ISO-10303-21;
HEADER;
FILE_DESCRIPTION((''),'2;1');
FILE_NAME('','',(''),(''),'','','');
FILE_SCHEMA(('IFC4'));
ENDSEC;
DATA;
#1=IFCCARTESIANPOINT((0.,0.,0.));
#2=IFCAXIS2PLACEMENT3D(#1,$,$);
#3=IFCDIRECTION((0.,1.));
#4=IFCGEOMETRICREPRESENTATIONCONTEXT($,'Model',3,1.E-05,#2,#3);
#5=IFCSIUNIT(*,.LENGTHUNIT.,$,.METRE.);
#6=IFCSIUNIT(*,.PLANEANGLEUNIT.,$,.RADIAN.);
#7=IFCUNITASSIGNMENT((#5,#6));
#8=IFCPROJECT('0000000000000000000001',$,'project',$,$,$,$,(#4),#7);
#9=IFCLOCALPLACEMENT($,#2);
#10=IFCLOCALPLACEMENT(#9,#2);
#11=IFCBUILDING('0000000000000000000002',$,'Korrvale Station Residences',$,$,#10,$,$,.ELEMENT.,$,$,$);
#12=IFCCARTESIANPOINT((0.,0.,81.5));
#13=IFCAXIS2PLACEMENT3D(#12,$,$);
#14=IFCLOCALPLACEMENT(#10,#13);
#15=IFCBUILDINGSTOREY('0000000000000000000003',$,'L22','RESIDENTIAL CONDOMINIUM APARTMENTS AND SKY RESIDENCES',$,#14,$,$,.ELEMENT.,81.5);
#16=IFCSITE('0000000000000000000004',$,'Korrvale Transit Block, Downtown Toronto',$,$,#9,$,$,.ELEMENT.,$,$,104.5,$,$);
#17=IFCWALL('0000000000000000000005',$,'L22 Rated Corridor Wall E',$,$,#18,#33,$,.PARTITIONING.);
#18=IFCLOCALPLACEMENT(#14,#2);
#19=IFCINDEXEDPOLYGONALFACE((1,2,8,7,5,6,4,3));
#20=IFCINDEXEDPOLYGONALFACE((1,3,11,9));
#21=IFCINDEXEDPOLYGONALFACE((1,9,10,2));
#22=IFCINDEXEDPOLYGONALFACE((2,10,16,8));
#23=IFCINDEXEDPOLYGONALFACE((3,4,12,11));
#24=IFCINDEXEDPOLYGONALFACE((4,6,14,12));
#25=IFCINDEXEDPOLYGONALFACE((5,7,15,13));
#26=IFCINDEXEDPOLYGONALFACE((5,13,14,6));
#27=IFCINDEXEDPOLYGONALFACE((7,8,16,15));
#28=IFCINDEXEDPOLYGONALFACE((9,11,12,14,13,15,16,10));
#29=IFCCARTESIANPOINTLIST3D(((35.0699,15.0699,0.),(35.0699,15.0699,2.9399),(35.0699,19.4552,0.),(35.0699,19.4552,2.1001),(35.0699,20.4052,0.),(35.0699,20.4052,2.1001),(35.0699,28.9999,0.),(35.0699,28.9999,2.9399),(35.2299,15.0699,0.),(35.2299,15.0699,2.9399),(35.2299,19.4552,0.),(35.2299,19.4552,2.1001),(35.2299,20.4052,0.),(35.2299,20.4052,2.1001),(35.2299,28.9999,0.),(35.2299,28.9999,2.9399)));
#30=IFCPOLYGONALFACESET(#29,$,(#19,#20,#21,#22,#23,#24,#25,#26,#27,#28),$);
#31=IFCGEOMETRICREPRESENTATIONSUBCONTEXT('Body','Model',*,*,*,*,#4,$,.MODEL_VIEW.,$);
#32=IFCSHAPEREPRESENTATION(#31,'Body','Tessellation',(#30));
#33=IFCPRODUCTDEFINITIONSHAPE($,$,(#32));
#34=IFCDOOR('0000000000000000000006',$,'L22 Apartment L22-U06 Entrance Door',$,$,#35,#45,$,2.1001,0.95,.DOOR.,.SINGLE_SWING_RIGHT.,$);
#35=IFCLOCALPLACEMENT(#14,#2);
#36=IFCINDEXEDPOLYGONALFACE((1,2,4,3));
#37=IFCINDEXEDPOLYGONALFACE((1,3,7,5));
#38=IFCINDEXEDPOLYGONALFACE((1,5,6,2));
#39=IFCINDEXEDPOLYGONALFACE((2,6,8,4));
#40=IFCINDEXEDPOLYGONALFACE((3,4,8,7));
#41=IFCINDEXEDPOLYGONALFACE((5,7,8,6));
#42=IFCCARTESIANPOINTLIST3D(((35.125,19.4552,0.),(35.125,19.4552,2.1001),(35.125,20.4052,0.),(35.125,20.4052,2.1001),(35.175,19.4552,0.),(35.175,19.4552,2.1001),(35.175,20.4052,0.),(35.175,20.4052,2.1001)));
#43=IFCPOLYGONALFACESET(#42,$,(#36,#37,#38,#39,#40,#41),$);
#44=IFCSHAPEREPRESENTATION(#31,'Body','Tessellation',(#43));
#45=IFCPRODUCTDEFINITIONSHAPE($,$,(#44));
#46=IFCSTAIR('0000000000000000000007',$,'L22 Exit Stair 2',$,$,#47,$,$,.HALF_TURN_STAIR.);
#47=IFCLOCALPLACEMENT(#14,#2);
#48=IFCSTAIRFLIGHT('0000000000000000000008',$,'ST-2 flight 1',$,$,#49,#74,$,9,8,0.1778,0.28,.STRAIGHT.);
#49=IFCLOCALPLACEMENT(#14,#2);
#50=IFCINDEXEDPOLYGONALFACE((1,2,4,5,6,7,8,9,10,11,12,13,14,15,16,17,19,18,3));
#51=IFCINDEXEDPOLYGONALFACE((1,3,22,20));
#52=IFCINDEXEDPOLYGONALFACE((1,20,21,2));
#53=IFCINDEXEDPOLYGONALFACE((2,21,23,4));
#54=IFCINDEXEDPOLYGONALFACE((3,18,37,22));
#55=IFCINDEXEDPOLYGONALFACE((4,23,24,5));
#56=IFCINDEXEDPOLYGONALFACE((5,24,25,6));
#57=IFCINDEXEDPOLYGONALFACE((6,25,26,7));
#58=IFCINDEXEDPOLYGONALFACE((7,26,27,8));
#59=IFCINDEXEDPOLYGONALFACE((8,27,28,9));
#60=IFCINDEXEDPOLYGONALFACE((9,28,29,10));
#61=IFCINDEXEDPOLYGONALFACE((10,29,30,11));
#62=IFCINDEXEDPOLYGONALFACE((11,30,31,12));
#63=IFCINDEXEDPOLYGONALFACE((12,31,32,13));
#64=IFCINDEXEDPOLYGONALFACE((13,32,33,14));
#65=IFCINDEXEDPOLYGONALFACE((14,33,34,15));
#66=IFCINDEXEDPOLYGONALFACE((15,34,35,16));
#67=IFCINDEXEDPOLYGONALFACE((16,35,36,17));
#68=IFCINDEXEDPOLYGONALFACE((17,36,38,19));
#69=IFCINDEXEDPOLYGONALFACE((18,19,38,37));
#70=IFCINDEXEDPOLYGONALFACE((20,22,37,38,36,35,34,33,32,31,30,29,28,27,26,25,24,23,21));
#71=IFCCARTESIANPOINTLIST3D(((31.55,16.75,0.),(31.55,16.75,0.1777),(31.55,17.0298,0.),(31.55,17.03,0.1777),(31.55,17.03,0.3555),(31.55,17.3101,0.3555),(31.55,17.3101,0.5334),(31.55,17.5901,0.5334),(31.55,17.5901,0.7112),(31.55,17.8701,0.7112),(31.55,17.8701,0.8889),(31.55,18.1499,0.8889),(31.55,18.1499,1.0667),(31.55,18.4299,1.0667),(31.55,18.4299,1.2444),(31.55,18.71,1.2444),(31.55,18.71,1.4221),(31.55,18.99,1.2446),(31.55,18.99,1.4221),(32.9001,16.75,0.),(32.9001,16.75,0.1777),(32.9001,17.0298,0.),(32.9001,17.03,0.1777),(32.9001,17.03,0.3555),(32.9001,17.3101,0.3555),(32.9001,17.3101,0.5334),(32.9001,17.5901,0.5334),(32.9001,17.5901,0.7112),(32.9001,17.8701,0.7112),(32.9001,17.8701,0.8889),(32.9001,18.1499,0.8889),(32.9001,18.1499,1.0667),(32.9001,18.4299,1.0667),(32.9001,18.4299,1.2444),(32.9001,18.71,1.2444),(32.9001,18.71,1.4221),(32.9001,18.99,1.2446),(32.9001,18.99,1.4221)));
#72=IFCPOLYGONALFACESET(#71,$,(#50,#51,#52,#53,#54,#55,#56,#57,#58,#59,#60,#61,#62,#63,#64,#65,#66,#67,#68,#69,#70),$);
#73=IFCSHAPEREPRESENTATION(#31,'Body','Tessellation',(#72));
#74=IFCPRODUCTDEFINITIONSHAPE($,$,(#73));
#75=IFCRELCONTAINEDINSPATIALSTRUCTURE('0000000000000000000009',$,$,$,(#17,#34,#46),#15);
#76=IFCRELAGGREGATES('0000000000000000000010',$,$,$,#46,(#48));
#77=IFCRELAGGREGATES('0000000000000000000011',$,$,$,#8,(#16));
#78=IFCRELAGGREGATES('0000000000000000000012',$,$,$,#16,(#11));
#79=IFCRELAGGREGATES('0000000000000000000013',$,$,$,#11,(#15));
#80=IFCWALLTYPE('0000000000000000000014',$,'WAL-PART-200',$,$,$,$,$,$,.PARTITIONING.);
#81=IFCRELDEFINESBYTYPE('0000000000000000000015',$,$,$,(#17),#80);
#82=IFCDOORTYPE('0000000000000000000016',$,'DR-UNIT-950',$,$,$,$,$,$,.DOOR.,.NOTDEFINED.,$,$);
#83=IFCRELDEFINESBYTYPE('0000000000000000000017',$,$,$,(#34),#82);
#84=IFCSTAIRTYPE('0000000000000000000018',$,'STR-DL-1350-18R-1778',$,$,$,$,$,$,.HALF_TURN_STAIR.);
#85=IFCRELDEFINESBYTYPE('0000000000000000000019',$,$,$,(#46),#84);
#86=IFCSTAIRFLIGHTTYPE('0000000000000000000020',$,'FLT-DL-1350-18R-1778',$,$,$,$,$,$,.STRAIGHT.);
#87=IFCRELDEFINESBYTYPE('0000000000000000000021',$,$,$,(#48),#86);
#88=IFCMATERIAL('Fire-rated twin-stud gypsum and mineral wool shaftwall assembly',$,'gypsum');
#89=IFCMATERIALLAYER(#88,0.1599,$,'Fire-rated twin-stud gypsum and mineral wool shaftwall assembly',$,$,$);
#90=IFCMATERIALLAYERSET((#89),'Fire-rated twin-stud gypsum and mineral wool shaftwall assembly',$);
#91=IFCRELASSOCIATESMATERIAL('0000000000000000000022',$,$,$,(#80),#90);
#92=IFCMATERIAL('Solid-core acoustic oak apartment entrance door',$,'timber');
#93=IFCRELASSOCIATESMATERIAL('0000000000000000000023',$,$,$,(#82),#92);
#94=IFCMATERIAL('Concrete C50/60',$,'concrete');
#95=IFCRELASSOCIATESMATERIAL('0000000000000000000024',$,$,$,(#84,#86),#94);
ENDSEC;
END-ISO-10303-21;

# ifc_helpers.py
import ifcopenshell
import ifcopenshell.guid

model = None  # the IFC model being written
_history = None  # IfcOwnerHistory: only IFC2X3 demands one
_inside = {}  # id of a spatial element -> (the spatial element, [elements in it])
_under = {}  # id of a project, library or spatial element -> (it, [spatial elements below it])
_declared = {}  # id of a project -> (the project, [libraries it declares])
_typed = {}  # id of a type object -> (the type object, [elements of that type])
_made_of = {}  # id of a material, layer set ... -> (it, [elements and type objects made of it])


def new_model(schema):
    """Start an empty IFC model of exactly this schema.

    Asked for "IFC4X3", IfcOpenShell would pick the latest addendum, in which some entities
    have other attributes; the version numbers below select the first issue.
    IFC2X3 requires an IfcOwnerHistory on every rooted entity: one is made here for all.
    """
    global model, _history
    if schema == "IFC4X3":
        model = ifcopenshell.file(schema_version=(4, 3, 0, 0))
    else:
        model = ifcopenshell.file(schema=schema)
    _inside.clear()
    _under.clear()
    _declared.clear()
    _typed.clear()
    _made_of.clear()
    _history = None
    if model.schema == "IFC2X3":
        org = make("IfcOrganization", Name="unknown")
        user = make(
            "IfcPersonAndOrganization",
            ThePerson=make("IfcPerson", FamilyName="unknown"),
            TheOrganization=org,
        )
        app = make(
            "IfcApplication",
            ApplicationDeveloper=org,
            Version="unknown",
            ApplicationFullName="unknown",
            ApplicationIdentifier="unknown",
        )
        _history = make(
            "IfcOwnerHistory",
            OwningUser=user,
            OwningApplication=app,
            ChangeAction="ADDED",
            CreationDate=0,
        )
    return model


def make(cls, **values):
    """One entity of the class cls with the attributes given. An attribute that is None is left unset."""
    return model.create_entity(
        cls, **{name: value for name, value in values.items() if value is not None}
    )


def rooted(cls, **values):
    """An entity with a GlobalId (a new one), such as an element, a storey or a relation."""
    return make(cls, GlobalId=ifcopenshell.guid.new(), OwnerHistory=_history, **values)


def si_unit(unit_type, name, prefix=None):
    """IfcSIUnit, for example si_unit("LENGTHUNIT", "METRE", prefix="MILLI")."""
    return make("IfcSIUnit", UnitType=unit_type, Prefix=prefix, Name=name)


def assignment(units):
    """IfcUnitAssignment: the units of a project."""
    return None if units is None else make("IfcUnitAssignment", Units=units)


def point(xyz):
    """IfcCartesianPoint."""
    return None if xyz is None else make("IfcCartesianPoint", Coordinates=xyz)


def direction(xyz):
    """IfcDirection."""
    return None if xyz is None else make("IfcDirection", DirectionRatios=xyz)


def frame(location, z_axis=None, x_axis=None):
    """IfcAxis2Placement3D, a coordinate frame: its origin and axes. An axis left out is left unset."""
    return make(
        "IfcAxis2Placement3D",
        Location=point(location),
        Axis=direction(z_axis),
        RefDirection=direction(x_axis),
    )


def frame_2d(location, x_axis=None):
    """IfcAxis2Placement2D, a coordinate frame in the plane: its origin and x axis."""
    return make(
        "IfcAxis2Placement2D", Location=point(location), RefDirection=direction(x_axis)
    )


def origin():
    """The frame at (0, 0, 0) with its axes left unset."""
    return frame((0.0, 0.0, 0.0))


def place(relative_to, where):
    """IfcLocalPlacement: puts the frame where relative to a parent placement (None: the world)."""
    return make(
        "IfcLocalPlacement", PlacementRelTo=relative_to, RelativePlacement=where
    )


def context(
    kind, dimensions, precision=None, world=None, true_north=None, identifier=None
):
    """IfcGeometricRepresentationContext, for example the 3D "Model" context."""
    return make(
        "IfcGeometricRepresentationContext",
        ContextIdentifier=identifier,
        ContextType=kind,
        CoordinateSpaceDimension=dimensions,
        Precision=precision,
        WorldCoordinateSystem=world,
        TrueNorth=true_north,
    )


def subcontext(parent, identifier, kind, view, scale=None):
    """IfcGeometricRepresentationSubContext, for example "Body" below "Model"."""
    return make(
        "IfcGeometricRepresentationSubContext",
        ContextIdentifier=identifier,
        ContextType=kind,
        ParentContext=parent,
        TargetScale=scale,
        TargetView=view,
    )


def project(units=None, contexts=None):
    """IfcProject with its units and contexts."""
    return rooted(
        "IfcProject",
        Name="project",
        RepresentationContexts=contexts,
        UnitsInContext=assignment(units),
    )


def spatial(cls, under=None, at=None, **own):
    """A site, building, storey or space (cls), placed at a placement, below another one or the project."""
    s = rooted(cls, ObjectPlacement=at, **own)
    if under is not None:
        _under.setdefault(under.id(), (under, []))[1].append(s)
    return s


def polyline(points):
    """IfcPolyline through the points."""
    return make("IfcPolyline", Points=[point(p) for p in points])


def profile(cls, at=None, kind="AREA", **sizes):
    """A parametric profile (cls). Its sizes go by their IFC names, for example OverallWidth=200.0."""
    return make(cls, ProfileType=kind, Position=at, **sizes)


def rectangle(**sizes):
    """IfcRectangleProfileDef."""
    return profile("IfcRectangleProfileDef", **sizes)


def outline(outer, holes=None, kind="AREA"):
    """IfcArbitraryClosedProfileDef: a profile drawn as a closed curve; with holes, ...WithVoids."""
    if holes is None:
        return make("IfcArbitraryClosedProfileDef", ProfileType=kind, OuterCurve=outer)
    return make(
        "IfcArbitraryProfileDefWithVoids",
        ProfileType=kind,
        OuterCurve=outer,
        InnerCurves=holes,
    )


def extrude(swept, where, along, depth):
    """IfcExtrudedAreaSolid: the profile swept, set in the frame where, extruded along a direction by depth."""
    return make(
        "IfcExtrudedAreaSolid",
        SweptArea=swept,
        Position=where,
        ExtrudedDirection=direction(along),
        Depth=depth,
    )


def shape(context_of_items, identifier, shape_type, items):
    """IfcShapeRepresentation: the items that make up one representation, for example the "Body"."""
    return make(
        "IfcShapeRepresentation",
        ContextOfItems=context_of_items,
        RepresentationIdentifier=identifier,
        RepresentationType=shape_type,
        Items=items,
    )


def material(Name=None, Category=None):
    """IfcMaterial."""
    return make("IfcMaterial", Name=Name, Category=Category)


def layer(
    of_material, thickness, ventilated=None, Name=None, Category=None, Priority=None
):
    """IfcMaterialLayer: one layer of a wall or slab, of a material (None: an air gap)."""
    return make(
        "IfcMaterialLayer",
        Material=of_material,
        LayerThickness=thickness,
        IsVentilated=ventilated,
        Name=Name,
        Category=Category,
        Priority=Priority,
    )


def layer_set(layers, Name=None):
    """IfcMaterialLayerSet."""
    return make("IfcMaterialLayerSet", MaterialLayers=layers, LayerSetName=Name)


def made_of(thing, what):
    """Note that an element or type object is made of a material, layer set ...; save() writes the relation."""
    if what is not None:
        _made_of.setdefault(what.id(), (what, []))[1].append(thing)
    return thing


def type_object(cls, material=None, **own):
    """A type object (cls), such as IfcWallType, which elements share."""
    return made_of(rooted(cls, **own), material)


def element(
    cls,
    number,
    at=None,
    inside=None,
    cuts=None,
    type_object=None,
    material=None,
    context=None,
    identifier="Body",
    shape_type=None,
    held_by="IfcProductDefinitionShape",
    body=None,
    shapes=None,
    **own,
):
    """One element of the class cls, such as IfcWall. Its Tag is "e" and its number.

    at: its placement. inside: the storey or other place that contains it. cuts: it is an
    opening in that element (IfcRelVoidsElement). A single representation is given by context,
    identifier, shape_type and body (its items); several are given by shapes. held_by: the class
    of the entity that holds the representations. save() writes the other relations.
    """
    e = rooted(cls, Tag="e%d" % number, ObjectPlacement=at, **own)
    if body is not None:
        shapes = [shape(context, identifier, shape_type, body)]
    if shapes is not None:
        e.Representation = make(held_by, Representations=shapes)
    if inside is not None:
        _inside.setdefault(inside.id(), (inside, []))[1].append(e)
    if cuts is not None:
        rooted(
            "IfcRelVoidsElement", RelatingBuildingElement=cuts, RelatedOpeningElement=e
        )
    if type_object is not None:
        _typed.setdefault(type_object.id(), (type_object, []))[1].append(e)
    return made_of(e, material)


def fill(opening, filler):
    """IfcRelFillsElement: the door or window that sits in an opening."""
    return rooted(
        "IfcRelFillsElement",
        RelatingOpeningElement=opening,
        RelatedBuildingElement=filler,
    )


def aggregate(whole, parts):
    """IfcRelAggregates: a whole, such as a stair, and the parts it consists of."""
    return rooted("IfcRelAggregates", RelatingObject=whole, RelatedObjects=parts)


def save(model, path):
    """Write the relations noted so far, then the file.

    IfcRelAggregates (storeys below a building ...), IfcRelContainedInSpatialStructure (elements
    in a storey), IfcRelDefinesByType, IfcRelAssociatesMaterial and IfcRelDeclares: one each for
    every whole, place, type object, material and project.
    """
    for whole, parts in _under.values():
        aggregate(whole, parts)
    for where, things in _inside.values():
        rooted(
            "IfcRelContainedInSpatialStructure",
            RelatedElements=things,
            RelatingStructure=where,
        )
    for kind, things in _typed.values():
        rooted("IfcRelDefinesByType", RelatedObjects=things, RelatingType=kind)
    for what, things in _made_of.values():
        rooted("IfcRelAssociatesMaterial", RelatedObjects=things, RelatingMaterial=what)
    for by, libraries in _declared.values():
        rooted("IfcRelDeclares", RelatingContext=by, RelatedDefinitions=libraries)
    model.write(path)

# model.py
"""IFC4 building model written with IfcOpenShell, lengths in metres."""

from ifc_helpers import new_model, si_unit, direction, frame, frame_2d, origin, place, context, subcontext, project, spatial, polyline, rectangle, outline, extrude, material, layer, layer_set, type_object, element, fill, aggregate, save


model = new_model("IFC4")

# Units and contexts
model_context = context("Model", 3, precision=1e-05, world=origin(), true_north=direction((0.0, 1.0)))
body_context = subcontext(model_context, "Body", "Model", "MODEL_VIEW")
ifc_project = project(units=[si_unit("LENGTHUNIT", "METRE"), si_unit("PLANEANGLEUNIT", "RADIAN")], contexts=[model_context])

# Site, building, storey
site_placement = place(None, origin())
site = spatial("IfcSite", under=ifc_project, at=site_placement, Name="Korrvale Transit Block, Downtown Toronto", CompositionType="ELEMENT", RefElevation=104.5)
building_placement = place(site_placement, origin())
building = spatial("IfcBuilding", under=site, at=building_placement, Name="Korrvale Station Residences", CompositionType="ELEMENT")
storey_placement = place(building_placement, frame((0.0, 0.0, 81.5)))
storey = spatial("IfcBuildingStorey", under=building, at=storey_placement, Name="L22", Description="RESIDENTIAL CONDOMINIUM APARTMENTS AND SKY RESIDENCES", CompositionType="ELEMENT", Elevation=81.5)

# Shared definitions
ifc_material_1 = material(Name="Fire-rated twin-stud gypsum and mineral wool shaftwall assembly", Category="gypsum")
ifc_layer_1 = layer(ifc_material_1, 0.1599, Name="Fire-rated twin-stud gypsum and mineral wool shaftwall assembly")
ifc_layer_set_1 = layer_set([ifc_layer_1], Name="Fire-rated twin-stud gypsum and mineral wool shaftwall assembly")
wall_type_1 = type_object("IfcWallType", Name="WAL-PART-200", PredefinedType="PARTITIONING", material=ifc_layer_set_1)

# Wall, opening, door
wall_1_placement = place(storey_placement, frame((35.1499, 15.0701, 0.0), z_axis=(0.0, 0.0, 1.0), x_axis=(0.0, 1.0, 0.0)))
wall_1 = element("IfcWall", 1, at=wall_1_placement, inside=storey, type_object=wall_type_1, Name="L22 Rated Corridor Wall E", PredefinedType="PARTITIONING", context=body_context, shape_type="SweptSolid", body=[
    extrude(rectangle(XDim=13.9299, YDim=0.1599, at=frame_2d((6.9648, 0.0))), origin(), (0.0, 0.0, 1.0), 2.9399),
])
opening_1_placement = place(wall_1_placement, frame((4.385, 0.0, 0.0)))
opening_1 = element("IfcOpeningElement", 2, at=opening_1_placement, cuts=wall_1, PredefinedType="OPENING", context=body_context, shape_type="SweptSolid", body=[
    extrude(rectangle(XDim=0.95, YDim=2.1001, at=frame_2d((0.4751, 1.05))), frame((0.0, 0.0898, 0.0), z_axis=(0.0, -1.0, 0.0), x_axis=(1.0, 0.0, 0.0)), (0.0, 0.0, 1.0), 0.1799),
])
ifc_material_2 = material(Name="Solid-core acoustic oak apartment entrance door", Category="timber")
door_type_1 = type_object("IfcDoorType", Name="DR-UNIT-950", OperationType="NOTDEFINED", PredefinedType="DOOR", material=ifc_material_2)
door_1_placement = place(opening_1_placement, origin())
door_1 = element("IfcDoor", 3, at=door_1_placement, inside=storey, type_object=door_type_1, Name="L22 Apartment L22-U06 Entrance Door", OperationType="SINGLE_SWING_RIGHT", OverallHeight=2.1001, OverallWidth=0.95, PredefinedType="DOOR", context=body_context, shape_type="SweptSolid", body=[
    extrude(rectangle(XDim=0.95, YDim=2.1001, at=frame_2d((0.4751, 1.05))), frame((0.0, 0.0249, 0.0), z_axis=(0.0, -1.0, 0.0), x_axis=(1.0, 0.0, 0.0)), (0.0, 0.0, 1.0), 0.05),
])
fill(opening_1, door_1)

# Stair, stair flight
ifc_material_3 = material(Name="Concrete C50/60", Category="concrete")
stair_type = type_object("IfcStairType", Name="STR-DL-1350-18R-1778", PredefinedType="HALF_TURN_STAIR", material=ifc_material_3)
stair_placement = place(storey_placement, origin())
stair = element("IfcStair", 4, at=stair_placement, inside=storey, type_object=stair_type, Name="L22 Exit Stair 2", PredefinedType="HALF_TURN_STAIR")
stair_flight_type = type_object("IfcStairFlightType", Name="FLT-DL-1350-18R-1778", PredefinedType="STRAIGHT", material=ifc_material_3)
stair_flight_placement = place(storey_placement, frame((32.2251, 16.75, 0.0), z_axis=(0.0, 0.0, 1.0), x_axis=(0.0, 1.0, 0.0)))
stair_flight = element("IfcStairFlight", 5, at=stair_flight_placement, type_object=stair_flight_type, Name="ST-2 flight 1", NumberOfRisers=9, NumberOfTreads=8, PredefinedType="STRAIGHT", RiserHeight=0.1778, TreadLength=0.28, context=body_context, shape_type="SweptSolid", body=[
    extrude(outline(polyline([(0.0, 0.0), (0.0, 0.1777), (0.28, 0.1777), (0.28, 0.3555), (0.5601, 0.3555), (0.5601, 0.5334), (0.8401, 0.5334), (0.8401, 0.7112), (1.1201, 0.7112), (1.1201, 0.8889), (1.3999, 0.8889), (1.3999, 1.0667), (1.6799, 1.0667), (1.6799, 1.2444), (1.96, 1.2444), (1.96, 1.4221), (2.24, 1.4221), (2.24, 1.6001), (2.24, 1.2446), (0.2798, 0.0), (0.0, 0.0)])), frame((0.0, 0.675, 0.0), z_axis=(0.0, -1.0, 0.0), x_axis=(1.0, 0.0, 0.0)), (0.0, 0.0, 1.0), 1.3501),
])
aggregate(stair, [stair_flight])

save(model, "model.ifc")
